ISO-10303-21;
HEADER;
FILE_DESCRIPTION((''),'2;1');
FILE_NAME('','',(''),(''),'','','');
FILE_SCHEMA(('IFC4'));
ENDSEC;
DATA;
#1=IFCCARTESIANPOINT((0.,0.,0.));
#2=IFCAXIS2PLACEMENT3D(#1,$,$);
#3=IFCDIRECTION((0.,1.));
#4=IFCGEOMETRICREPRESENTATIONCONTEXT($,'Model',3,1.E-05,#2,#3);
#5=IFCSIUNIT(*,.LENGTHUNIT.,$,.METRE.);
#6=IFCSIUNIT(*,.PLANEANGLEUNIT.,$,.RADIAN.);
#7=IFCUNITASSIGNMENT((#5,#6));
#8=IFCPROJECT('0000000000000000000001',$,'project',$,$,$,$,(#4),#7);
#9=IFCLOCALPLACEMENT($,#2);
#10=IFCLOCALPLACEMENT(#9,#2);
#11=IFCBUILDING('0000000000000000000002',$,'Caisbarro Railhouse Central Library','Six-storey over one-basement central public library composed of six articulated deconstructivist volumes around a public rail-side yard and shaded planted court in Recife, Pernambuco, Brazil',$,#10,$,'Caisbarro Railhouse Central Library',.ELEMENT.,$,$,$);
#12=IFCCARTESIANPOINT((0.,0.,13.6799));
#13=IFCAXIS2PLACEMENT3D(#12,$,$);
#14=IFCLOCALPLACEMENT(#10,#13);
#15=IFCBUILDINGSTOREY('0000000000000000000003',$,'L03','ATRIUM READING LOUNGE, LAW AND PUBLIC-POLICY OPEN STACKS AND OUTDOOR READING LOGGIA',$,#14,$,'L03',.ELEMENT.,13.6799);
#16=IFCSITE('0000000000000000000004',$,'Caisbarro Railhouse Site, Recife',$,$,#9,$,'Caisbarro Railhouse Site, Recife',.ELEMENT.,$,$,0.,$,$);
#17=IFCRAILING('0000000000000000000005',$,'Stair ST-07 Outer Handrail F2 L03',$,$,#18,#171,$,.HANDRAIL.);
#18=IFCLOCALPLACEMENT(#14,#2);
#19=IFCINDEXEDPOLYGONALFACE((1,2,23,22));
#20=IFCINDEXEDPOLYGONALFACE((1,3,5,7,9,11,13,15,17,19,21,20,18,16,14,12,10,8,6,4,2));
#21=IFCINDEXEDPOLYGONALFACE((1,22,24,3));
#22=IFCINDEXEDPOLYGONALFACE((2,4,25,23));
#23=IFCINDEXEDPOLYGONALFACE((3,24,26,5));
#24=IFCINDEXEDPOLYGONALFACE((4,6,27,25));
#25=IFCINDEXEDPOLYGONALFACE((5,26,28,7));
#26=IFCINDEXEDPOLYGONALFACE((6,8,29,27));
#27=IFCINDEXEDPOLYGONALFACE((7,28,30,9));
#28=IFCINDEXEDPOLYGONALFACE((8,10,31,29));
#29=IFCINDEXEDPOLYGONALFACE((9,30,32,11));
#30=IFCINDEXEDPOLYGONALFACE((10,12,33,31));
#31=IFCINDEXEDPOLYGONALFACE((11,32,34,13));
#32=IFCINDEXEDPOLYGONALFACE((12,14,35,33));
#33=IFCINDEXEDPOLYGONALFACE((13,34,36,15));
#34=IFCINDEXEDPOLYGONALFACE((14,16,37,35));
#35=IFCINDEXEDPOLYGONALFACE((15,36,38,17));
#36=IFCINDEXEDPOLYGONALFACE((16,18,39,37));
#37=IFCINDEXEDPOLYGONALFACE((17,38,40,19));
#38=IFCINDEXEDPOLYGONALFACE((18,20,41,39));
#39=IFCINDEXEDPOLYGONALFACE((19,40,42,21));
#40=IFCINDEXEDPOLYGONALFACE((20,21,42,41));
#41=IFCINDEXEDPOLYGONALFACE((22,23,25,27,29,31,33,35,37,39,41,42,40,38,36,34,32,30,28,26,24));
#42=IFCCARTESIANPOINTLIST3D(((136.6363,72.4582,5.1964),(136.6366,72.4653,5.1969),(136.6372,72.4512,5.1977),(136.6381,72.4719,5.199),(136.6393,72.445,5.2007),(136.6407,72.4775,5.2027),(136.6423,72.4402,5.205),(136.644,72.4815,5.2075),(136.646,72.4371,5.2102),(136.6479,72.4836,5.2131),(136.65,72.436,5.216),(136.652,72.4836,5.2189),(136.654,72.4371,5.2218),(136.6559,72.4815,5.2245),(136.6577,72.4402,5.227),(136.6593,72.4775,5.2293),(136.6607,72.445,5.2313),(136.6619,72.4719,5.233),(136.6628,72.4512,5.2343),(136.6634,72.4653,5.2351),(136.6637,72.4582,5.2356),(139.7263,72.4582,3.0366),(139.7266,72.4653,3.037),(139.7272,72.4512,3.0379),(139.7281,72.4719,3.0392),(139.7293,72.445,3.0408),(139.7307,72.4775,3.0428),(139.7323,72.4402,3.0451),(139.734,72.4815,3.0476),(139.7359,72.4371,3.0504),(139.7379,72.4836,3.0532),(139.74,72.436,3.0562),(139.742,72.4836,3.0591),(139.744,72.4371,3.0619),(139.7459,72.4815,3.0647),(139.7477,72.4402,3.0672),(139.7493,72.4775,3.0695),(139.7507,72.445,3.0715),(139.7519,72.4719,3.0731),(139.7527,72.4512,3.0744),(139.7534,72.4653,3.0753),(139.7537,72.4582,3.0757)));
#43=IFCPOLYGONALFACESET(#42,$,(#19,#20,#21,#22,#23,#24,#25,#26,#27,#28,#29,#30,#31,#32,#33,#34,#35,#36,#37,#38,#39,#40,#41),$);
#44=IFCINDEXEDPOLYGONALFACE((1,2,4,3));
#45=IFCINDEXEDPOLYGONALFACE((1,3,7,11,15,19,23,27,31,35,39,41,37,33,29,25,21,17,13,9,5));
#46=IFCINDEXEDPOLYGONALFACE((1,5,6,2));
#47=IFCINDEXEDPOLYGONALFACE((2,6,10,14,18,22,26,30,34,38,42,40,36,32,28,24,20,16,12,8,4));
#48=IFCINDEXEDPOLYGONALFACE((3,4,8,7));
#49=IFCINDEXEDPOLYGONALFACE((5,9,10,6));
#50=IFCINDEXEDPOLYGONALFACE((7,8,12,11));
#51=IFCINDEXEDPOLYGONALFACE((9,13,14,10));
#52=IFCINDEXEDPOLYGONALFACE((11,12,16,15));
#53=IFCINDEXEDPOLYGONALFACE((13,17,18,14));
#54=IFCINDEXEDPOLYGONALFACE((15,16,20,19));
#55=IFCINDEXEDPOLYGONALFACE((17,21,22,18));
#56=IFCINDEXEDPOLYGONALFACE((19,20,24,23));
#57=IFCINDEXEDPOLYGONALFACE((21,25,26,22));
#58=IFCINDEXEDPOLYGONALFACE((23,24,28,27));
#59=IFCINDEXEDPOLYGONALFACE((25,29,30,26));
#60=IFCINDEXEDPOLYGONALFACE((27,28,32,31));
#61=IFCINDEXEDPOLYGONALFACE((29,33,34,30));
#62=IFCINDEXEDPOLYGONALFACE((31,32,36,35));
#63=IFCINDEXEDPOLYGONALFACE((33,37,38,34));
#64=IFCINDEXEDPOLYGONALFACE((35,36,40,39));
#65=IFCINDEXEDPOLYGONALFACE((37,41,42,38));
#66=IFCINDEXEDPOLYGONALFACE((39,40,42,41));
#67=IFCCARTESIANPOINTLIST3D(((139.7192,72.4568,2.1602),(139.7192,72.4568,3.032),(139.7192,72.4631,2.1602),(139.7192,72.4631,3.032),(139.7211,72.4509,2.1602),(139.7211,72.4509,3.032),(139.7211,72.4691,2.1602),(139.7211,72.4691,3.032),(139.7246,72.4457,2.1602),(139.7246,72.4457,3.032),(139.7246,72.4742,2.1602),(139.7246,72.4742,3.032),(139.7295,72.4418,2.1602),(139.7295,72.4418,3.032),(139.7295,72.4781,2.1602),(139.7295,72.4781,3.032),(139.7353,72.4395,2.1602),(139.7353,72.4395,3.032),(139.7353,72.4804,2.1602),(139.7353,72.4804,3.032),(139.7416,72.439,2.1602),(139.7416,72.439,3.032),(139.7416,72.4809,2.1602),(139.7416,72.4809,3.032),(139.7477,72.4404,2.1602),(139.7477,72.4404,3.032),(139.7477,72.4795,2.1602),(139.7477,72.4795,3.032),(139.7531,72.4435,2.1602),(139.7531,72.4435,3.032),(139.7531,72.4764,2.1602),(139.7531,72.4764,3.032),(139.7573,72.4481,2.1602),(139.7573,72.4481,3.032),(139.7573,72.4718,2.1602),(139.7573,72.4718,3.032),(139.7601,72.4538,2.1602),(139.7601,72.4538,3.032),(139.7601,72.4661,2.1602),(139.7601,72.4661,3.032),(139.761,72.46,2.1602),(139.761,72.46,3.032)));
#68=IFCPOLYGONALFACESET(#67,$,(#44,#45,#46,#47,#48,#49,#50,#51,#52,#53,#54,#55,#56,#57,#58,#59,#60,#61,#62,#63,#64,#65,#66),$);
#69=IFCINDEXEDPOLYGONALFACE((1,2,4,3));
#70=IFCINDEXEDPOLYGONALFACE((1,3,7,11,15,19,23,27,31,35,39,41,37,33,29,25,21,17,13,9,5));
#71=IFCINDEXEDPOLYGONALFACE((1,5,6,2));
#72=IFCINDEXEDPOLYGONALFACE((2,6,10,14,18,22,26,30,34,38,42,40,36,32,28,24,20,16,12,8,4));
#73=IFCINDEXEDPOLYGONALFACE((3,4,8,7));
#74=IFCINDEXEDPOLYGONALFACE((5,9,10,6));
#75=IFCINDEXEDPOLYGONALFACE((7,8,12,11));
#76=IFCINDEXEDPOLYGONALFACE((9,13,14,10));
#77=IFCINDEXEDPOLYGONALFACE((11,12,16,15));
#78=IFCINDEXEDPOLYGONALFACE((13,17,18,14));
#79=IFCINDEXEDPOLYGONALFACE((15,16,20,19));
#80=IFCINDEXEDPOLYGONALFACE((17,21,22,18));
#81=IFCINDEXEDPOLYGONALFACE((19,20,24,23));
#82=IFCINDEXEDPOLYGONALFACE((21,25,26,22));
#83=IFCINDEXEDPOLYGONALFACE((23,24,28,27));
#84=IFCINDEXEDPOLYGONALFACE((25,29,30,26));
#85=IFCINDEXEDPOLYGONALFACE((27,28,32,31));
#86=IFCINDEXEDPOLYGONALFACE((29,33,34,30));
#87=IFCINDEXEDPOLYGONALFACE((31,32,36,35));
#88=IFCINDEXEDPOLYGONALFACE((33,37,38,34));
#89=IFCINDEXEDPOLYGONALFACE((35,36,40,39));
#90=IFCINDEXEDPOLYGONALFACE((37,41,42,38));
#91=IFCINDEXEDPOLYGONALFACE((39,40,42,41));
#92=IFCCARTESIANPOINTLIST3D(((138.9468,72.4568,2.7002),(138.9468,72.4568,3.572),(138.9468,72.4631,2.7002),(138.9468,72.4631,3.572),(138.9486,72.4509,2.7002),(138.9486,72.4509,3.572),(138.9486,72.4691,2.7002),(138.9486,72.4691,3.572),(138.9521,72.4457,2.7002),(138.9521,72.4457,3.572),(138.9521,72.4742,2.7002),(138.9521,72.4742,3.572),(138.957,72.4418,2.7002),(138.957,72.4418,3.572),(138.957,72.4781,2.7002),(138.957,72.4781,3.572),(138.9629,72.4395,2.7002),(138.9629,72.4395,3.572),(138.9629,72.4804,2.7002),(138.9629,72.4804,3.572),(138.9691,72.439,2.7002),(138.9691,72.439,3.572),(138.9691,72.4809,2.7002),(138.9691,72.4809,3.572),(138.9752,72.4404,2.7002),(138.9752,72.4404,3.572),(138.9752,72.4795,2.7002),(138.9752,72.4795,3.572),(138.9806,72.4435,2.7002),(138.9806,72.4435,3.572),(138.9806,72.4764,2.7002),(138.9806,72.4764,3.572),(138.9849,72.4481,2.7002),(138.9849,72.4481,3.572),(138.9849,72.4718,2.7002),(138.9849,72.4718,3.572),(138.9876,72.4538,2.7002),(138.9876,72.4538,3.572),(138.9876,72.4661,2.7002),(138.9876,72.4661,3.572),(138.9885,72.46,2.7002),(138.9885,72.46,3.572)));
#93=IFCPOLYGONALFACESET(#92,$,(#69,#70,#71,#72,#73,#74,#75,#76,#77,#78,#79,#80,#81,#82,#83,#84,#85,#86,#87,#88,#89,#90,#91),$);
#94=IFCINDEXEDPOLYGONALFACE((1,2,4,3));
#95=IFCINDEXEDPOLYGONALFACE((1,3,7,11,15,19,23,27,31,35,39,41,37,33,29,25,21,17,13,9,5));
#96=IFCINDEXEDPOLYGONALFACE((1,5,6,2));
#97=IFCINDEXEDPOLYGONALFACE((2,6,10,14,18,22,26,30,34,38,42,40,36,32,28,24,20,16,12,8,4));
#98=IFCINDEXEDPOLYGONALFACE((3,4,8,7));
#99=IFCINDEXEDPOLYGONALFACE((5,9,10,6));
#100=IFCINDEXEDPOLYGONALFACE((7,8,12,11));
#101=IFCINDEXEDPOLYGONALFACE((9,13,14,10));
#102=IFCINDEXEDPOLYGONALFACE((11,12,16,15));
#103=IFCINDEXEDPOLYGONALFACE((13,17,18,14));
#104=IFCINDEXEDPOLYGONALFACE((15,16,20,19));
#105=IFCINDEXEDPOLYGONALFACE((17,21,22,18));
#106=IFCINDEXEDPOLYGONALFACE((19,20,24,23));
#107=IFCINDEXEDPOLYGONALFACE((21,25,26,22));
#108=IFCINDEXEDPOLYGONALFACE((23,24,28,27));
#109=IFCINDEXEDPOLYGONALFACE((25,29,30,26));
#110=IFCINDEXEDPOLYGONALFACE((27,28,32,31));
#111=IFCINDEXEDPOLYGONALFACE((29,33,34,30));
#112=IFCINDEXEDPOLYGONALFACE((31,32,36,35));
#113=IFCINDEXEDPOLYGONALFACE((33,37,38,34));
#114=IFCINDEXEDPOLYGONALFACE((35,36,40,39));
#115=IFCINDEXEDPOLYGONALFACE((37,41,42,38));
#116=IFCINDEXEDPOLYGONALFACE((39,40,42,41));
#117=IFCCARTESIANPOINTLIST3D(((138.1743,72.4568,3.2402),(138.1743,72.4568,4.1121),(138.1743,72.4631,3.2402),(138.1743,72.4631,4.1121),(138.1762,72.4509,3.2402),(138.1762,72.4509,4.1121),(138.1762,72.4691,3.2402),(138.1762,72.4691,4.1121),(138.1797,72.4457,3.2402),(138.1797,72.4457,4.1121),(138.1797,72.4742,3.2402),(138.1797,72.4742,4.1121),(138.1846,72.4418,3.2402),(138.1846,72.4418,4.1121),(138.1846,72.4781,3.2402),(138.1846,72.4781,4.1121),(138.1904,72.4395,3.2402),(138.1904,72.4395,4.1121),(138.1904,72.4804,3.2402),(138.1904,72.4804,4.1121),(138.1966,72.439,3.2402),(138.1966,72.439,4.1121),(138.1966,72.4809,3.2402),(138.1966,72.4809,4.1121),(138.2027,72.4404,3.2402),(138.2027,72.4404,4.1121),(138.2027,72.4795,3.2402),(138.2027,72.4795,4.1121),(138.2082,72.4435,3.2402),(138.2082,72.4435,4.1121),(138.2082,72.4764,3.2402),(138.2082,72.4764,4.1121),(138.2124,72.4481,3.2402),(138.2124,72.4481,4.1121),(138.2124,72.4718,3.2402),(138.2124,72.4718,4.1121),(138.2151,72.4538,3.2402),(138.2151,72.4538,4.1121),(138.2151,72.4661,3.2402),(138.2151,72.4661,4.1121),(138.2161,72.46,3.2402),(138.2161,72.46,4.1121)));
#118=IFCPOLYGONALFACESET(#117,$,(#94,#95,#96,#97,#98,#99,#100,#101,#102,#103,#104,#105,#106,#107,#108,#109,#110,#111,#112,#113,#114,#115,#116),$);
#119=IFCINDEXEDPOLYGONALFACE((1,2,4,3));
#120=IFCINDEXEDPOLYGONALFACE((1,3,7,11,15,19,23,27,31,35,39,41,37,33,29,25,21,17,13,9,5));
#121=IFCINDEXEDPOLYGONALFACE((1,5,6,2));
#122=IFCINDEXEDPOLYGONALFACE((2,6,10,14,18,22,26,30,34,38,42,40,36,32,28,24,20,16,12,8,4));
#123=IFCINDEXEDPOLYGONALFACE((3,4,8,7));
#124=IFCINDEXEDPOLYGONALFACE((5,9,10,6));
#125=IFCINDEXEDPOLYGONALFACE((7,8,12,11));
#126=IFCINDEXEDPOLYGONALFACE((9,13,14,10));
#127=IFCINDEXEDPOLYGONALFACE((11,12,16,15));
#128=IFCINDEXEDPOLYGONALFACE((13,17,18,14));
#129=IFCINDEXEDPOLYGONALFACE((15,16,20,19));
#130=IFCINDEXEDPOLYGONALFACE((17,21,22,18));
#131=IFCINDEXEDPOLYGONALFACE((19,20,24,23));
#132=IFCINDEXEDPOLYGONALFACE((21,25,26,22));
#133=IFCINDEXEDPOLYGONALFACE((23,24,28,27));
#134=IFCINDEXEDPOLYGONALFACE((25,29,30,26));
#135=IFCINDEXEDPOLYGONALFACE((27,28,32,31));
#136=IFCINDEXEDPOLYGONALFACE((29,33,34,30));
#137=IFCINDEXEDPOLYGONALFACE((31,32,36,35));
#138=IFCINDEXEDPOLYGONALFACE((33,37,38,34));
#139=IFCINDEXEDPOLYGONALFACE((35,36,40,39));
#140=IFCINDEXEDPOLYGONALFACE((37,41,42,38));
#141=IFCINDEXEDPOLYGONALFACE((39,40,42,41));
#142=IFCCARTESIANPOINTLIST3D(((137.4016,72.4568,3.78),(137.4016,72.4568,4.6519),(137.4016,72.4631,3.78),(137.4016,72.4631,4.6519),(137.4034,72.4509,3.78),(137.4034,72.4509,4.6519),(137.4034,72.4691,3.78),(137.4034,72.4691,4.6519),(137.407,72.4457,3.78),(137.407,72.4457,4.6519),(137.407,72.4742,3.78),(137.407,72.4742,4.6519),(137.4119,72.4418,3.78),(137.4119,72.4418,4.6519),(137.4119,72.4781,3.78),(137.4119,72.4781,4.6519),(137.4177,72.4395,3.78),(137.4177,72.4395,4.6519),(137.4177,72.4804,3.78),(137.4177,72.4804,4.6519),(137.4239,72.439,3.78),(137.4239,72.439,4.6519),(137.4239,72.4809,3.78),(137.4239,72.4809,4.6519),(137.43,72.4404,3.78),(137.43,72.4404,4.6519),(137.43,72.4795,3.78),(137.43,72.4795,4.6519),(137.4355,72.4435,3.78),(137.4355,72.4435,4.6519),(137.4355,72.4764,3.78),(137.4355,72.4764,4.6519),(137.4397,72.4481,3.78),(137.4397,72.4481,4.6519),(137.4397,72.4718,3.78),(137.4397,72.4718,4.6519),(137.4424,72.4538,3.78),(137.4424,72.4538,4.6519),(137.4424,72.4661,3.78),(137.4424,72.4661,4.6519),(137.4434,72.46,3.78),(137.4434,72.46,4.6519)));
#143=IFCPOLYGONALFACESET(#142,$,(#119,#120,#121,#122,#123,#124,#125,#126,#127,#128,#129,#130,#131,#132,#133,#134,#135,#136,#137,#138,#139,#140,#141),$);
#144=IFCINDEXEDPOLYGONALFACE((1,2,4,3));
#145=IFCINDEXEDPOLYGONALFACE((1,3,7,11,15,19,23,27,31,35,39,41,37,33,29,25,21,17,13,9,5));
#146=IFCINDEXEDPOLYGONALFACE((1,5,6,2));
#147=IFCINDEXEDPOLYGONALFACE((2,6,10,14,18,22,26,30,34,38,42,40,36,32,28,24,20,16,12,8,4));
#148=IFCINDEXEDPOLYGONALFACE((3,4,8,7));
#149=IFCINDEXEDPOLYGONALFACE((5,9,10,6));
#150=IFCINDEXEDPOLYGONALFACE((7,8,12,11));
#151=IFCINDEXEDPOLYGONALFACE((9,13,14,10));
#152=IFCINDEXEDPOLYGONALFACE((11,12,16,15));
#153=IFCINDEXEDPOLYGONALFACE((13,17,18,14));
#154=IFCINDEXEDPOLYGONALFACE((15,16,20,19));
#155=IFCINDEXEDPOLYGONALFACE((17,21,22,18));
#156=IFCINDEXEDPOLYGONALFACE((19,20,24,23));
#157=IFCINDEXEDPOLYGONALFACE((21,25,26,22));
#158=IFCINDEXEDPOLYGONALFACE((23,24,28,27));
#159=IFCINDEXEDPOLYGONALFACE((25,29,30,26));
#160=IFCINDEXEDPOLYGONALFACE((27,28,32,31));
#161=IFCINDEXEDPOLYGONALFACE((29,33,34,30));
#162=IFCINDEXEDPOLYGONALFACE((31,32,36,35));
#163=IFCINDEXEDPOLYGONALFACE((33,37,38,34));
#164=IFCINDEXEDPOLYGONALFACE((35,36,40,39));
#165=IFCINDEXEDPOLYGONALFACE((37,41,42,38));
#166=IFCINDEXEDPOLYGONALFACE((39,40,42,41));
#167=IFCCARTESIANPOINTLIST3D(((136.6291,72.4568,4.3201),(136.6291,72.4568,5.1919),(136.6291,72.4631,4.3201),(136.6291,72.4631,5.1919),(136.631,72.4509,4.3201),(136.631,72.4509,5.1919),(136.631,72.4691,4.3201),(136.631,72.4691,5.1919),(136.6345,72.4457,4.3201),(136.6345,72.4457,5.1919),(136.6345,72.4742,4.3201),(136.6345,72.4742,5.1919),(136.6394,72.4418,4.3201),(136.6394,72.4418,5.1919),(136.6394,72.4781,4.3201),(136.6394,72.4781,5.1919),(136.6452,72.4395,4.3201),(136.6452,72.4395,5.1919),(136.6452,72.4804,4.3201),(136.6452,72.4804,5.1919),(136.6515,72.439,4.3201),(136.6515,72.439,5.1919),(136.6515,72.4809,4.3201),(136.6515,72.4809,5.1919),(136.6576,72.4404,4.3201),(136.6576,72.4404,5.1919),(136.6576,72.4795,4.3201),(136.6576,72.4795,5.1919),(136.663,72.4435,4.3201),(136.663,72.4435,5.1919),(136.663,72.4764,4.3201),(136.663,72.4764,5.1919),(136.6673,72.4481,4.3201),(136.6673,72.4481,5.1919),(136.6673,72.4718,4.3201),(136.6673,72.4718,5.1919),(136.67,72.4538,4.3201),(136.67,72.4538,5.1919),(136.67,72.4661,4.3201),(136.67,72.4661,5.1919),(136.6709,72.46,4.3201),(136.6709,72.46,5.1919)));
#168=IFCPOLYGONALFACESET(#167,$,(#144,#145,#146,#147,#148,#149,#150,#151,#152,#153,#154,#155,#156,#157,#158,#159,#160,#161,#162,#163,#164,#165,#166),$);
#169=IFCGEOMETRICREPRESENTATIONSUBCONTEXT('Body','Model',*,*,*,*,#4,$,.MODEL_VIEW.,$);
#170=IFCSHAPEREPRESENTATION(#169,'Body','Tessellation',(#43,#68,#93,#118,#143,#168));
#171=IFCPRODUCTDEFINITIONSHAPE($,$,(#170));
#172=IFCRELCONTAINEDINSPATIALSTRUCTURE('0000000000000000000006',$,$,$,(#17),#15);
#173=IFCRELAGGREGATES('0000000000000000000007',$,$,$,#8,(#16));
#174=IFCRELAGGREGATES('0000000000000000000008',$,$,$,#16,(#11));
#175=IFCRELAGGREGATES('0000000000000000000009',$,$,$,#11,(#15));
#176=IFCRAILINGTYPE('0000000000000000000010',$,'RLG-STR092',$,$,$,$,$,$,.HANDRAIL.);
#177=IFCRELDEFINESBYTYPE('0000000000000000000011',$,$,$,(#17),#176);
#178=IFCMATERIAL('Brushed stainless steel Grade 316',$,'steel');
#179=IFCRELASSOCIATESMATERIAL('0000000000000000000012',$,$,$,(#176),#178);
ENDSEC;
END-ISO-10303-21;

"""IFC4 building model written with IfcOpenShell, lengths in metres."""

from ifc_helpers import new_model, si_unit, direction, frame, origin, origin_2d, place, context, subcontext, project, spatial, circle, extrude, material, type_object, element, save


model = new_model("IFC4")

# Units and contexts
model_context = context("Model", 3, precision=1e-05, world=origin(), true_north=direction((0.0, 1.0)))
body_context = subcontext(model_context, "Body", "Model", "MODEL_VIEW")
ifc_project = project(units=[si_unit("LENGTHUNIT", "METRE"), si_unit("PLANEANGLEUNIT", "RADIAN")], contexts=[model_context])

# Site, building, storey
site_placement = place(None, origin())
site = spatial("IfcSite", under=ifc_project, at=site_placement, Name="Caisbarro Railhouse Site, Recife", LongName="Caisbarro Railhouse Site, Recife", CompositionType="ELEMENT", RefElevation=0.0)
building_placement = place(site_placement, origin())
building = spatial("IfcBuilding", under=site, at=building_placement, Name="Caisbarro Railhouse Central Library", Description="Six-storey over one-basement central public library composed of six articulated deconstructivist volumes around a public rail-side yard and shaded planted court in Recife, Pernambuco, Brazil", LongName="Caisbarro Railhouse Central Library", CompositionType="ELEMENT")
storey_placement = place(building_placement, frame((0.0, 0.0, 13.6799)))
storey = spatial("IfcBuildingStorey", under=building, at=storey_placement, Name="L03", Description="ATRIUM READING LOUNGE, LAW AND PUBLIC-POLICY OPEN STACKS AND OUTDOOR READING LOGGIA", LongName="L03", CompositionType="ELEMENT", Elevation=13.6799)

# Railing
ifc_material_1 = material(Name="Brushed stainless steel Grade 316", Category="steel")
railing_type_1 = type_object("IfcRailingType", Name="RLG-STR092", PredefinedType="HANDRAIL", material=ifc_material_1)
railing_1_placement = place(storey_placement, frame((139.74, 72.46, 2.1602)))
element("IfcRailing", 1, at=railing_1_placement, inside=storey, type_object=railing_type_1, Name="Stair ST-07 Outer Handrail F2 L03", PredefinedType="HANDRAIL", context=body_context, shape_type="SweptSolid", body=[
    extrude(circle(Radius=0.0239, at=origin_2d()), frame((0.0, 0.0, 0.896), z_axis=(-0.819624, 0.0, 0.572902), x_axis=(0.0, -1.0, 0.0)), (0.0, 0.0, 1.0), 3.77),
    extrude(circle(Radius=0.021, at=origin_2d()), origin(), (0.0, 0.0, 1.0), 0.8718),
    extrude(circle(Radius=0.021, at=origin_2d()), frame((-0.7725, 0.0, 0.54)), (0.0, 0.0, 1.0), 0.8718),
    extrude(circle(Radius=0.021, at=origin_2d()), frame((-1.5449, 0.0, 1.0801)), (0.0, 0.0, 1.0), 0.8718),
    extrude(circle(Radius=0.021, at=origin_2d()), frame((-2.3176, 0.0, 1.6199)), (0.0, 0.0, 1.0), 0.8718),
    extrude(circle(Radius=0.021, at=origin_2d()), frame((-3.0901, 0.0, 2.1599)), (0.0, 0.0, 1.0), 0.8718),
])

save(model, "model.ifc")
